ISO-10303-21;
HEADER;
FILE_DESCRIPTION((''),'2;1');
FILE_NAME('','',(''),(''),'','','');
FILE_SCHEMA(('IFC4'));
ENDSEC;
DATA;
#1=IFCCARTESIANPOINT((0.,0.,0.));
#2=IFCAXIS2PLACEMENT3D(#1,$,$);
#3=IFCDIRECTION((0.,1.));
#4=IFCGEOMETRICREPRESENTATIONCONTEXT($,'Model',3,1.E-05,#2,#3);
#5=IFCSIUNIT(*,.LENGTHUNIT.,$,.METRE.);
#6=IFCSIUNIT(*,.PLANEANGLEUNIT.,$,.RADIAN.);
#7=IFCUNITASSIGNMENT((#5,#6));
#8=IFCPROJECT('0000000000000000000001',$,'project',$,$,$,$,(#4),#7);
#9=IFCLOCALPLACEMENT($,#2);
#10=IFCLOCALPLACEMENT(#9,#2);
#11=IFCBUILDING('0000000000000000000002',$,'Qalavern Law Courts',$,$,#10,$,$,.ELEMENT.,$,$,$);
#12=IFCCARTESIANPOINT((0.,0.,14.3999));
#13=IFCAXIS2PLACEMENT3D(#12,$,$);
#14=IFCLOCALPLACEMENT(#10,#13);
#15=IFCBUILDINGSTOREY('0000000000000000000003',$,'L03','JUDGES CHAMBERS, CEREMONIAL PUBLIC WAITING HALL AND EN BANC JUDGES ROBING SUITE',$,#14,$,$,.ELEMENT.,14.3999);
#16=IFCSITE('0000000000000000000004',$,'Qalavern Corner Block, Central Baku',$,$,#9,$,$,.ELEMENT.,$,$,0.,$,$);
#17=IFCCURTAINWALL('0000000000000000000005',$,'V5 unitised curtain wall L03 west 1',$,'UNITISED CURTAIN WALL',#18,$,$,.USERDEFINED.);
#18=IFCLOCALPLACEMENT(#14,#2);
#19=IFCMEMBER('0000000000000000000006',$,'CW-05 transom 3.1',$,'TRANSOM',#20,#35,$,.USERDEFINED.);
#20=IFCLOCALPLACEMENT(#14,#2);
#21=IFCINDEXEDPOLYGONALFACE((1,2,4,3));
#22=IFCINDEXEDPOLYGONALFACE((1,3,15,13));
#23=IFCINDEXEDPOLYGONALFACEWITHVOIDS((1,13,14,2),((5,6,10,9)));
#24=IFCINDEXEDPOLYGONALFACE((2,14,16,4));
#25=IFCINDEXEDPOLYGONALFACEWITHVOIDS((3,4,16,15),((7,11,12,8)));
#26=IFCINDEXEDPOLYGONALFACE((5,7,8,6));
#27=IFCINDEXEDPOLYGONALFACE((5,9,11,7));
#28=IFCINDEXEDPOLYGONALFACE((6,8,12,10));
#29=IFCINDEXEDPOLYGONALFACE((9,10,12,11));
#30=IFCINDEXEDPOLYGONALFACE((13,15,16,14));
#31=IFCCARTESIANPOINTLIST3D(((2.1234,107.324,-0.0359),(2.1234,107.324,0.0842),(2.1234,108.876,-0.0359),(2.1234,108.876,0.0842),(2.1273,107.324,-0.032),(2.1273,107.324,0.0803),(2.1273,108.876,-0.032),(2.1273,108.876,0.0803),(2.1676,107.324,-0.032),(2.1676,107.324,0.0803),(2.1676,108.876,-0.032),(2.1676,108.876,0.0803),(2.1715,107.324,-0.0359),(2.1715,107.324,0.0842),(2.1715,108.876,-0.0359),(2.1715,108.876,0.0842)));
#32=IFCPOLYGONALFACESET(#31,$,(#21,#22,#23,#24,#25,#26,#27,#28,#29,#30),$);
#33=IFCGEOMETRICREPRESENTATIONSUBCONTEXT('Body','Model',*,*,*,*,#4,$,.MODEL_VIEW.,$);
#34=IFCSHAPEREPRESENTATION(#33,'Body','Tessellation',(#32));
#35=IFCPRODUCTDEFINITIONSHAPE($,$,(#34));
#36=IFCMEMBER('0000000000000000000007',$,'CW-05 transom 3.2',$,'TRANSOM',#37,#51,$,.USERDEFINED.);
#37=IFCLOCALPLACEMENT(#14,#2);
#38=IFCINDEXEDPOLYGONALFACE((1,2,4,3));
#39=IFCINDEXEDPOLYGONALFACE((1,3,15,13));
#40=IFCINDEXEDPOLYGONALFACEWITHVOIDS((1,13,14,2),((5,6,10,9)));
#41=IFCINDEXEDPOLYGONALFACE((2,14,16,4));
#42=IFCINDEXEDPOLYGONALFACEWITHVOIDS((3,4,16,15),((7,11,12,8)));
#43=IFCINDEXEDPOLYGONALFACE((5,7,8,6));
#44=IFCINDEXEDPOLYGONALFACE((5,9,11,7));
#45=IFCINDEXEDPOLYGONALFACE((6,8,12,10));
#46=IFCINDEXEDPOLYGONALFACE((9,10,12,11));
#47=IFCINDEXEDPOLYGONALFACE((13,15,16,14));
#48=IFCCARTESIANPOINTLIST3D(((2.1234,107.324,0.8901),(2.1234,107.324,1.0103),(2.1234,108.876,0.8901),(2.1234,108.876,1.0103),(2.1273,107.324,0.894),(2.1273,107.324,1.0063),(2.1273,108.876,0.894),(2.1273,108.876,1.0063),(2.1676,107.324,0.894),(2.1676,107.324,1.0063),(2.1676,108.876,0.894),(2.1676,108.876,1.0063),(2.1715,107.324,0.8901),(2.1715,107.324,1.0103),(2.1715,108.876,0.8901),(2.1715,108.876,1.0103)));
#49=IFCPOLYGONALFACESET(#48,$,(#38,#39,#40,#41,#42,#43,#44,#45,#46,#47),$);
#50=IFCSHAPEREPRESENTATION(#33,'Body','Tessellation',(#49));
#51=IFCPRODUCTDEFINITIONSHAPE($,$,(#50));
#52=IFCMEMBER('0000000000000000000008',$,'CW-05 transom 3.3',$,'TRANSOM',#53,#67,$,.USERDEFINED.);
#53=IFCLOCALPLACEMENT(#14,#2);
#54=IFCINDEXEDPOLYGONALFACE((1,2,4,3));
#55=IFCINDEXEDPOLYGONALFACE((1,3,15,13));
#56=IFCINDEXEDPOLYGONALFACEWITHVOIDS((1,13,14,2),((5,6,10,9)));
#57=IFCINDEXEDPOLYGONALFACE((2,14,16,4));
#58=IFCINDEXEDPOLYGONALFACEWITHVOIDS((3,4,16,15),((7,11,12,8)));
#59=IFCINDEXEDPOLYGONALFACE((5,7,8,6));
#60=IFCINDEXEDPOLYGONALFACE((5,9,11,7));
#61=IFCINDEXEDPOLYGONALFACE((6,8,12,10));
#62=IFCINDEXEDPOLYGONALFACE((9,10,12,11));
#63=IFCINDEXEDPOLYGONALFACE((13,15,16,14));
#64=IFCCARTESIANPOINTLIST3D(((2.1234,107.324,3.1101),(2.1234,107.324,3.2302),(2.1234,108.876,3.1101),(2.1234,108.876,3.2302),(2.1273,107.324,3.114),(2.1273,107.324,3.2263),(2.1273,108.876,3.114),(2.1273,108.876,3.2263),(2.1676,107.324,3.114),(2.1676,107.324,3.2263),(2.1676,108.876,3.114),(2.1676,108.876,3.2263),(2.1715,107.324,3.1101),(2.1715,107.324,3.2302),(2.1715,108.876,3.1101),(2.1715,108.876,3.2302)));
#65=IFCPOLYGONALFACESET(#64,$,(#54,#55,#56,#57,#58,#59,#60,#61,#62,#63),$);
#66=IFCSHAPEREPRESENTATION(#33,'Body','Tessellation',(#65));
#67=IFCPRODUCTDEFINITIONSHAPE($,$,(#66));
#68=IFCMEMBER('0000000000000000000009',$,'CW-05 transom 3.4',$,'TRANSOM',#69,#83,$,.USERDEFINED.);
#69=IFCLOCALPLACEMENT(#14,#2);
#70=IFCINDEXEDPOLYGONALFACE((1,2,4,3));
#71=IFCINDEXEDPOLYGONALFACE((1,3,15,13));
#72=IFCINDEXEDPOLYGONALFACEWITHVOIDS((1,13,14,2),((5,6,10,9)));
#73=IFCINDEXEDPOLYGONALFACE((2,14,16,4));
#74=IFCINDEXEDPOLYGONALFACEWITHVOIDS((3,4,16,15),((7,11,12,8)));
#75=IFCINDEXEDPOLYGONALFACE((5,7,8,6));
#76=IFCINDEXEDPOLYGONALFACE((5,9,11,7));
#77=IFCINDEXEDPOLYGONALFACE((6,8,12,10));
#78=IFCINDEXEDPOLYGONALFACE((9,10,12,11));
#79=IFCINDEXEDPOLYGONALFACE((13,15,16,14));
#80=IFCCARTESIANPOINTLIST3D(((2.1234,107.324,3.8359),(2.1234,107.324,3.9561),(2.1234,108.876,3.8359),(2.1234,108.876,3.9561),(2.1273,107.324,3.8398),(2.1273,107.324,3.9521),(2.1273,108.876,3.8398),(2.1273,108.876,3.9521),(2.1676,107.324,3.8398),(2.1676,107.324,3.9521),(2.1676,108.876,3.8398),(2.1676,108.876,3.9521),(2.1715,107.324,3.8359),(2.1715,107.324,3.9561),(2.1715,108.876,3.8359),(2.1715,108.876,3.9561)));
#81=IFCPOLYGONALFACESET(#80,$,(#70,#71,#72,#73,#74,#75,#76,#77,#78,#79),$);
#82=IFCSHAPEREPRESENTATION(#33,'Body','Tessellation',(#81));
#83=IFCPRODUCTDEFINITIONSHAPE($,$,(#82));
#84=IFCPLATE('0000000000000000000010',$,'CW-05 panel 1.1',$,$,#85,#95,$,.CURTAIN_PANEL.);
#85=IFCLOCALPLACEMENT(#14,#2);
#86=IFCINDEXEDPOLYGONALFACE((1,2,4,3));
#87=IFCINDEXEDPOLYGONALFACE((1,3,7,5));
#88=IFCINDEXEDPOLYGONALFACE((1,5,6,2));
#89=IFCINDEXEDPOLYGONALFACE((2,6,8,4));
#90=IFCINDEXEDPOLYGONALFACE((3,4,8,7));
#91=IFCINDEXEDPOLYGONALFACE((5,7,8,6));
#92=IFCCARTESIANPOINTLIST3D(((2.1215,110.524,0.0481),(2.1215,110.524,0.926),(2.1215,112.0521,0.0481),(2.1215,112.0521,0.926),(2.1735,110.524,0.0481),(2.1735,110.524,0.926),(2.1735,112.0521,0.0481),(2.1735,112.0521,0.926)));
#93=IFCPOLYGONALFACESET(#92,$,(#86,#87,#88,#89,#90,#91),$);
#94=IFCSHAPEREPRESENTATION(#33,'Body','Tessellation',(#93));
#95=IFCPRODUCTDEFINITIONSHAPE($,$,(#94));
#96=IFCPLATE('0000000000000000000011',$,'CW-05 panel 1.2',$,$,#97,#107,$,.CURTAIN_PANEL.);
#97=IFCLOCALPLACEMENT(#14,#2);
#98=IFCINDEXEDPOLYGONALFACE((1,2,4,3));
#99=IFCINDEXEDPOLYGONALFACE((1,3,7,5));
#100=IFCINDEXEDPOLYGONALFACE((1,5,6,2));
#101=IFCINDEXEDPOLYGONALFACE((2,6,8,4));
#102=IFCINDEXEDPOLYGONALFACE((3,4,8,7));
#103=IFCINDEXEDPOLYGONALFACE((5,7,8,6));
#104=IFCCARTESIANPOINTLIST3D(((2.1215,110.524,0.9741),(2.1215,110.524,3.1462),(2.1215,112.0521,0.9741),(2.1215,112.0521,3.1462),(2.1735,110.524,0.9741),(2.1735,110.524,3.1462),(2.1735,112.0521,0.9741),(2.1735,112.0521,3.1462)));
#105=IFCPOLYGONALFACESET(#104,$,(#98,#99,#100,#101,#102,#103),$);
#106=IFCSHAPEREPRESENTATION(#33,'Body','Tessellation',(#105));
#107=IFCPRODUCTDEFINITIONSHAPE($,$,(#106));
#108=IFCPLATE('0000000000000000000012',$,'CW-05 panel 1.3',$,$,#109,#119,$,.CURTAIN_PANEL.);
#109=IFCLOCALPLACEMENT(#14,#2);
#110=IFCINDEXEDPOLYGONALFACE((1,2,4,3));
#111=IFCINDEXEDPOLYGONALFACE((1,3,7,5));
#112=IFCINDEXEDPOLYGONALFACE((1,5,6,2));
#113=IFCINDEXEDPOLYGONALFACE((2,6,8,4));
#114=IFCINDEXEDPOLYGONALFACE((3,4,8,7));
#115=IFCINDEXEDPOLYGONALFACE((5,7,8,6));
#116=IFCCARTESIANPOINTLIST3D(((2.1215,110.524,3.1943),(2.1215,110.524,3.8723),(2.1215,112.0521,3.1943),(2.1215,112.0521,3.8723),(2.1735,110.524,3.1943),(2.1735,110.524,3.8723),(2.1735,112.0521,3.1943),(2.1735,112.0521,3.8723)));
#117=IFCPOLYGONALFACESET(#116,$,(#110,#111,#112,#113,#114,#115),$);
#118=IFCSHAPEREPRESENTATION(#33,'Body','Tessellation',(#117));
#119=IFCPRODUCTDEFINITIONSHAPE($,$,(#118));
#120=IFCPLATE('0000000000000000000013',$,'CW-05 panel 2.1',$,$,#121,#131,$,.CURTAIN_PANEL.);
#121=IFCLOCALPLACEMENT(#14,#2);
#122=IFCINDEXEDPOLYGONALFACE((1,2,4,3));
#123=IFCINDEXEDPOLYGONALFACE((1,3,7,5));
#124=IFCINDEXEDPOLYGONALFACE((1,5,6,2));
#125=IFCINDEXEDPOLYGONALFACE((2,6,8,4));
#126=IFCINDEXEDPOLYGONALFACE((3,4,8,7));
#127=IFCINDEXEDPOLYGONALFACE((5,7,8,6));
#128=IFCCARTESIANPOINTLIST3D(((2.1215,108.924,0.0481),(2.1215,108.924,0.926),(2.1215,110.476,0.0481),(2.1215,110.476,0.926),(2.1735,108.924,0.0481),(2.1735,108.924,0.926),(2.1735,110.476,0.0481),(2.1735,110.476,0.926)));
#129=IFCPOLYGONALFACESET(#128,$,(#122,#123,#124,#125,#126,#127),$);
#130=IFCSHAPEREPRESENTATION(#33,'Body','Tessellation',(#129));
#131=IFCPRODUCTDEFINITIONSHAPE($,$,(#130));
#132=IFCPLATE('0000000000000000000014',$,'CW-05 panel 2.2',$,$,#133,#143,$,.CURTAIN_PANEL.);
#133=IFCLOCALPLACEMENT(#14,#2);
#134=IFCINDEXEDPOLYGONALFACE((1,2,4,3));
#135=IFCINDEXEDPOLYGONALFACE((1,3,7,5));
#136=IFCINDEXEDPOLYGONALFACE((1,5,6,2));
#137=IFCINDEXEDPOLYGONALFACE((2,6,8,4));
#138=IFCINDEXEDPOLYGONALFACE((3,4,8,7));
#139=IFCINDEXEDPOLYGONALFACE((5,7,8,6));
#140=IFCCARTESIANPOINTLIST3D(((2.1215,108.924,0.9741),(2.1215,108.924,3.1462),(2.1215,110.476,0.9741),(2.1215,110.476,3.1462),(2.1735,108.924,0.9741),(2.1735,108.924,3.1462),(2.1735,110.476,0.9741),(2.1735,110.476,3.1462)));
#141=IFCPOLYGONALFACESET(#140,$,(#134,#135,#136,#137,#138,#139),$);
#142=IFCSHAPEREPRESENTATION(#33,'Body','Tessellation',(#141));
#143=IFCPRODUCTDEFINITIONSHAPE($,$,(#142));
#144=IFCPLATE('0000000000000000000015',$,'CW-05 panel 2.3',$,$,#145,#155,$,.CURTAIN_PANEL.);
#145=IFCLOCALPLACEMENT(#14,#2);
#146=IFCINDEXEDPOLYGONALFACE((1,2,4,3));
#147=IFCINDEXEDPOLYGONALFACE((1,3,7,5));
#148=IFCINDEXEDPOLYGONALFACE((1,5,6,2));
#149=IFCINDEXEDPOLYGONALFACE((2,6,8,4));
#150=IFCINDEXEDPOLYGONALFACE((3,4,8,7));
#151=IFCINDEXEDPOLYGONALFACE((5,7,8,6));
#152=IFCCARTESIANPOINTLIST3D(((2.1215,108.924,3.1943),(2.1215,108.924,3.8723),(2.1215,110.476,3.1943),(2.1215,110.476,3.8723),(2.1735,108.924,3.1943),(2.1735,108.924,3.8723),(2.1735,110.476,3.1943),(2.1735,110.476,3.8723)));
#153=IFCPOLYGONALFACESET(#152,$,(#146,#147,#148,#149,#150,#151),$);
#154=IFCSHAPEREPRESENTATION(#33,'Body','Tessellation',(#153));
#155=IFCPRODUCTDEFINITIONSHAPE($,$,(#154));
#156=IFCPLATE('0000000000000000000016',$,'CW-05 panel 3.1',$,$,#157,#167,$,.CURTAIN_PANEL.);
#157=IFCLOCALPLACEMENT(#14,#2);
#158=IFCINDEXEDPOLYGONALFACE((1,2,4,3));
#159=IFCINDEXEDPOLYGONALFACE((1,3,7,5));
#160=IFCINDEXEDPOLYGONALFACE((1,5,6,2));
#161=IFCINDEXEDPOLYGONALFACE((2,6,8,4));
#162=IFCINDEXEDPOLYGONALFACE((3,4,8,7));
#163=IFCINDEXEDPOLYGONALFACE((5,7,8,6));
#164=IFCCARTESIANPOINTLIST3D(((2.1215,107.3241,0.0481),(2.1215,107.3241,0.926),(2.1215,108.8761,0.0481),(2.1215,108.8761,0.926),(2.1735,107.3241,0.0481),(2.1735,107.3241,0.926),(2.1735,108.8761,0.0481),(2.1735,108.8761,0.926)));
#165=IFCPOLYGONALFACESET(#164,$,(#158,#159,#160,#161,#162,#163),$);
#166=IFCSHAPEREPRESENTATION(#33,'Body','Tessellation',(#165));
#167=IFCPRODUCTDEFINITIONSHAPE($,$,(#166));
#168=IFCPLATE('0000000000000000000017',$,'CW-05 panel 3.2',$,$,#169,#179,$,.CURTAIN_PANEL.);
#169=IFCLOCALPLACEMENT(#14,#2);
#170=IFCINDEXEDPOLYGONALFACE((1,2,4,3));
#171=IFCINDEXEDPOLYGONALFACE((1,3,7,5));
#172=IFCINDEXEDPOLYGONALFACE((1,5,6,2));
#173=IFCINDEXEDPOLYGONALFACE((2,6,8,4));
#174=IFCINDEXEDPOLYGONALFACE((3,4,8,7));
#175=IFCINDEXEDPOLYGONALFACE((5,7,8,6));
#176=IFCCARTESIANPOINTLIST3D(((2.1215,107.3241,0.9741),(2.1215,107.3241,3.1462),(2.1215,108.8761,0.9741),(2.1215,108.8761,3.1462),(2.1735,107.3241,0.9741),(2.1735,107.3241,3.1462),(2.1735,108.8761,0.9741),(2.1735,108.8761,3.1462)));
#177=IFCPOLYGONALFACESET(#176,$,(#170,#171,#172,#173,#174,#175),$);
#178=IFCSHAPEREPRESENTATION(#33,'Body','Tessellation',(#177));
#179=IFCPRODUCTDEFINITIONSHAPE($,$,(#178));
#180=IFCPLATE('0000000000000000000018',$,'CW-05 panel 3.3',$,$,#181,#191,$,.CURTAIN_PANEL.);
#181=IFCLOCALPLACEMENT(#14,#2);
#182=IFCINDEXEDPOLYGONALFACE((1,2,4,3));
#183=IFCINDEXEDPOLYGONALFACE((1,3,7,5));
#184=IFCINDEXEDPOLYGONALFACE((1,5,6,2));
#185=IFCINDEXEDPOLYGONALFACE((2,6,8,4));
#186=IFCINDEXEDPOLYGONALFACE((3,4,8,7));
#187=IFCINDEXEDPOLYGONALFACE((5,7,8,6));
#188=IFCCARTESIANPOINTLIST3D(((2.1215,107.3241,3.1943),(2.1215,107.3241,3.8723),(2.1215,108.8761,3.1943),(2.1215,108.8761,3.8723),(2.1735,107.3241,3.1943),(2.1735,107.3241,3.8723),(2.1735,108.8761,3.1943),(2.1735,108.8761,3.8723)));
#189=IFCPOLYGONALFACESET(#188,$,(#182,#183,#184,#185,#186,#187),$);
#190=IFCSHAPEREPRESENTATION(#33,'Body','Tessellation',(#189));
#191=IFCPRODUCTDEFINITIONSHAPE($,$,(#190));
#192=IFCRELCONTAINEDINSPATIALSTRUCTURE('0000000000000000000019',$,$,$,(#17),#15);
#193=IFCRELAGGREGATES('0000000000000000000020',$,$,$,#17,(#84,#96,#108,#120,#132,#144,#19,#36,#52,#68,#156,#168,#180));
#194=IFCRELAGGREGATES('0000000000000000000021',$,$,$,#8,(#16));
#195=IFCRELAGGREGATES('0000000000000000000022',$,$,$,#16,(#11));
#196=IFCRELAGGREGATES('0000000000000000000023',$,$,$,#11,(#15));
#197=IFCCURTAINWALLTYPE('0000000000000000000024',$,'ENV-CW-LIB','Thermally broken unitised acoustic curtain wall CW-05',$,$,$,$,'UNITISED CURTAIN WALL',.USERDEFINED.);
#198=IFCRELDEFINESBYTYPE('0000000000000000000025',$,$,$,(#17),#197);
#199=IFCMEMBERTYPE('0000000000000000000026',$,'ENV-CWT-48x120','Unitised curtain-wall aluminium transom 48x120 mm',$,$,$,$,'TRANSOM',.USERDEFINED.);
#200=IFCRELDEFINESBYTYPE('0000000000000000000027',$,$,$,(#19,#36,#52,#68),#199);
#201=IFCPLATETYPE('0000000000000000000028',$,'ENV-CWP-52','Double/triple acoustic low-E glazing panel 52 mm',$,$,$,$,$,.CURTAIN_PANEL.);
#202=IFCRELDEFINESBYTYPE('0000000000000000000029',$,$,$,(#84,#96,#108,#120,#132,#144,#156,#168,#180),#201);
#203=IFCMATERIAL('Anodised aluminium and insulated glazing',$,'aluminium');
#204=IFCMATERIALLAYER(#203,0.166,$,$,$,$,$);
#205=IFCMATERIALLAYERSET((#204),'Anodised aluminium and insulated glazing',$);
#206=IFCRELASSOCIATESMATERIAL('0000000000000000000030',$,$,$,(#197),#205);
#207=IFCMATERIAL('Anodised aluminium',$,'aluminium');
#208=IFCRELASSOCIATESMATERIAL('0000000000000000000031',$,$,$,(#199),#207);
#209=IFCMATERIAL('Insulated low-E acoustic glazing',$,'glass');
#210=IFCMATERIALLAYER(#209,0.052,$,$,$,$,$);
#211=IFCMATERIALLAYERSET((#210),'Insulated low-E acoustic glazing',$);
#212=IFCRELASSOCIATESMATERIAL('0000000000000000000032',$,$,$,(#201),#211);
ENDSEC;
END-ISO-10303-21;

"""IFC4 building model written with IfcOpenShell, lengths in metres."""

from ifc_helpers import new_model, si_unit, direction, frame, origin, origin_2d, place, context, subcontext, project, spatial, rectangle, hollow_rectangle, extrude, material, layer, layer_set, material_profile, profile_set, type_object, element, aggregate, save


model = new_model("IFC4")

# Units and contexts
model_context = context("Model", 3, precision=1e-05, world=origin(), true_north=direction((0.0, 1.0)))
body_context = subcontext(model_context, "Body", "Model", "MODEL_VIEW")
ifc_project = project(units=[si_unit("LENGTHUNIT", "METRE"), si_unit("PLANEANGLEUNIT", "RADIAN")], contexts=[model_context])

# Site, building, storey
site_placement = place(None, origin())
site = spatial("IfcSite", under=ifc_project, at=site_placement, Name="Qalavern Corner Block, Central Baku", CompositionType="ELEMENT", RefElevation=0.0)
building_placement = place(site_placement, origin())
building = spatial("IfcBuilding", under=site, at=building_placement, Name="Qalavern Law Courts", CompositionType="ELEMENT")
storey_placement = place(building_placement, frame((0.0, 0.0, 14.3999)))
storey = spatial("IfcBuildingStorey", under=building, at=storey_placement, Name="L03", Description="JUDGES CHAMBERS, CEREMONIAL PUBLIC WAITING HALL AND EN BANC JUDGES ROBING SUITE", CompositionType="ELEMENT", Elevation=14.3999)

# Curtain wall, members, plates
ifc_material_1 = material(Name="Anodised aluminium and insulated glazing", Category="aluminium")
ifc_layer_1 = layer(ifc_material_1, 0.166)
ifc_layer_set_1 = layer_set([ifc_layer_1], Name="Anodised aluminium and insulated glazing")
curtain_wall_type = type_object("IfcCurtainWallType", Name="ENV-CW-LIB", Description="Thermally broken unitised acoustic curtain wall CW-05", ElementType="UNITISED CURTAIN WALL", PredefinedType="USERDEFINED", material=ifc_layer_set_1)
curtain_wall_placement = place(storey_placement, origin())
curtain_wall = element("IfcCurtainWall", 1, at=curtain_wall_placement, inside=storey, type_object=curtain_wall_type, Name="V5 unitised curtain wall L03 west 1", ObjectType="UNITISED CURTAIN WALL", PredefinedType="USERDEFINED")
ifc_material_2 = material(Name="Anodised aluminium", Category="aluminium")
ifc_material_profile_1 = material_profile(ifc_material_2, hollow_rectangle(XDim=0.0481, YDim=0.1201, WallThickness=0.0039, at=origin_2d()), Name="ALU TRANSOM 48x120")
ifc_profile_set_1 = profile_set([ifc_material_profile_1], Name="Anodised aluminium")
member_type_1 = type_object("IfcMemberType", Name="ENV-CWT-48x120", Description="Unitised curtain-wall aluminium transom 48x120 mm", ElementType="TRANSOM", PredefinedType="USERDEFINED", material=ifc_profile_set_1)
member_1_placement = place(storey_placement, frame((2.1475, 108.876, 0.0242), z_axis=(0.0, -1.0, 0.0), x_axis=(1.0, 0.0, 0.0)))
member_1 = element("IfcMember", 2, at=member_1_placement, type_object=member_type_1, Name="CW-05 transom 3.1", ObjectType="TRANSOM", PredefinedType="USERDEFINED", context=body_context, shape_type="SweptSolid", body=[
    extrude(hollow_rectangle(XDim=0.0481, YDim=0.1201, WallThickness=0.0039, at=origin_2d()), origin(), (0.0, 0.0, 1.0), 1.552),
])
member_2_placement = place(storey_placement, frame((2.1475, 108.876, 0.9502), z_axis=(0.0, -1.0, 0.0), x_axis=(1.0, 0.0, 0.0)))
member_2 = element("IfcMember", 3, at=member_2_placement, type_object=member_type_1, Name="CW-05 transom 3.2", ObjectType="TRANSOM", PredefinedType="USERDEFINED", context=body_context, shape_type="SweptSolid", body=[
    extrude(hollow_rectangle(XDim=0.0481, YDim=0.1201, WallThickness=0.0039, at=origin_2d()), origin(), (0.0, 0.0, 1.0), 1.552),
])
member_3_placement = place(storey_placement, frame((2.1475, 108.876, 3.1702), z_axis=(0.0, -1.0, 0.0), x_axis=(1.0, 0.0, 0.0)))
member_3 = element("IfcMember", 4, at=member_3_placement, type_object=member_type_1, Name="CW-05 transom 3.3", ObjectType="TRANSOM", PredefinedType="USERDEFINED", context=body_context, shape_type="SweptSolid", body=[
    extrude(hollow_rectangle(XDim=0.0481, YDim=0.1201, WallThickness=0.0039, at=origin_2d()), origin(), (0.0, 0.0, 1.0), 1.552),
])
member_4_placement = place(storey_placement, frame((2.1475, 108.876, 3.896), z_axis=(0.0, -1.0, 0.0), x_axis=(1.0, 0.0, 0.0)))
member_4 = element("IfcMember", 5, at=member_4_placement, type_object=member_type_1, Name="CW-05 transom 3.4", ObjectType="TRANSOM", PredefinedType="USERDEFINED", context=body_context, shape_type="SweptSolid", body=[
    extrude(hollow_rectangle(XDim=0.0481, YDim=0.1201, WallThickness=0.0039, at=origin_2d()), origin(), (0.0, 0.0, 1.0), 1.552),
])
ifc_material_3 = material(Name="Insulated low-E acoustic glazing", Category="glass")
ifc_layer_2 = layer(ifc_material_3, 0.052)
ifc_layer_set_2 = layer_set([ifc_layer_2], Name="Insulated low-E acoustic glazing")
plate_type = type_object("IfcPlateType", Name="ENV-CWP-52", Description="Double/triple acoustic low-E glazing panel 52 mm", PredefinedType="CURTAIN_PANEL", material=ifc_layer_set_2)
plate_1_placement = place(storey_placement, frame((2.1475, 111.2881, 0.0481), z_axis=(0.0, 0.0, 1.0), x_axis=(0.0, -1.0, 0.0)))
plate_1 = element("IfcPlate", 6, at=plate_1_placement, type_object=plate_type, Name="CW-05 panel 1.1", PredefinedType="CURTAIN_PANEL", context=body_context, shape_type="SweptSolid", body=[
    extrude(rectangle(XDim=1.5281, YDim=0.052, at=origin_2d()), origin(), (0.0, 0.0, 1.0), 0.8779),
])
plate_2_placement = place(storey_placement, frame((2.1475, 111.2881, 0.9741), z_axis=(0.0, 0.0, 1.0), x_axis=(0.0, -1.0, 0.0)))
plate_2 = element("IfcPlate", 7, at=plate_2_placement, type_object=plate_type, Name="CW-05 panel 1.2", PredefinedType="CURTAIN_PANEL", context=body_context, shape_type="SweptSolid", body=[
    extrude(rectangle(XDim=1.5281, YDim=0.052, at=origin_2d()), origin(), (0.0, 0.0, 1.0), 2.1721),
])
plate_3_placement = place(storey_placement, frame((2.1475, 111.2881, 3.1943), z_axis=(0.0, 0.0, 1.0), x_axis=(0.0, -1.0, 0.0)))
plate_3 = element("IfcPlate", 8, at=plate_3_placement, type_object=plate_type, Name="CW-05 panel 1.3", PredefinedType="CURTAIN_PANEL", context=body_context, shape_type="SweptSolid", body=[
    extrude(rectangle(XDim=1.5281, YDim=0.052, at=origin_2d()), origin(), (0.0, 0.0, 1.0), 0.678),
])
plate_4_placement = place(storey_placement, frame((2.1475, 109.7, 0.0481), z_axis=(0.0, 0.0, 1.0), x_axis=(0.0, -1.0, 0.0)))
plate_4 = element("IfcPlate", 9, at=plate_4_placement, type_object=plate_type, Name="CW-05 panel 2.1", PredefinedType="CURTAIN_PANEL", context=body_context, shape_type="SweptSolid", body=[
    extrude(rectangle(XDim=1.552, YDim=0.052, at=origin_2d()), origin(), (0.0, 0.0, 1.0), 0.8779),
])
plate_5_placement = place(storey_placement, frame((2.1475, 109.7, 0.9741), z_axis=(0.0, 0.0, 1.0), x_axis=(0.0, -1.0, 0.0)))
plate_5 = element("IfcPlate", 10, at=plate_5_placement, type_object=plate_type, Name="CW-05 panel 2.2", PredefinedType="CURTAIN_PANEL", context=body_context, shape_type="SweptSolid", body=[
    extrude(rectangle(XDim=1.552, YDim=0.052, at=origin_2d()), origin(), (0.0, 0.0, 1.0), 2.1721),
])
plate_6_placement = place(storey_placement, frame((2.1475, 109.7, 3.1943), z_axis=(0.0, 0.0, 1.0), x_axis=(0.0, -1.0, 0.0)))
plate_6 = element("IfcPlate", 11, at=plate_6_placement, type_object=plate_type, Name="CW-05 panel 2.3", PredefinedType="CURTAIN_PANEL", context=body_context, shape_type="SweptSolid", body=[
    extrude(rectangle(XDim=1.552, YDim=0.052, at=origin_2d()), origin(), (0.0, 0.0, 1.0), 0.678),
])
plate_7_placement = place(storey_placement, frame((2.1475, 108.1001, 0.0481), z_axis=(0.0, 0.0, 1.0), x_axis=(0.0, -1.0, 0.0)))
plate_7 = element("IfcPlate", 12, at=plate_7_placement, type_object=plate_type, Name="CW-05 panel 3.1", PredefinedType="CURTAIN_PANEL", context=body_context, shape_type="SweptSolid", body=[
    extrude(rectangle(XDim=1.552, YDim=0.052, at=origin_2d()), origin(), (0.0, 0.0, 1.0), 0.8779),
])
plate_8_placement = place(storey_placement, frame((2.1475, 108.1001, 0.9741), z_axis=(0.0, 0.0, 1.0), x_axis=(0.0, -1.0, 0.0)))
plate_8 = element("IfcPlate", 13, at=plate_8_placement, type_object=plate_type, Name="CW-05 panel 3.2", PredefinedType="CURTAIN_PANEL", context=body_context, shape_type="SweptSolid", body=[
    extrude(rectangle(XDim=1.552, YDim=0.052, at=origin_2d()), origin(), (0.0, 0.0, 1.0), 2.1721),
])
plate_9_placement = place(storey_placement, frame((2.1475, 108.1001, 3.1943), z_axis=(0.0, 0.0, 1.0), x_axis=(0.0, -1.0, 0.0)))
plate_9 = element("IfcPlate", 14, at=plate_9_placement, type_object=plate_type, Name="CW-05 panel 3.3", PredefinedType="CURTAIN_PANEL", context=body_context, shape_type="SweptSolid", body=[
    extrude(rectangle(XDim=1.552, YDim=0.052, at=origin_2d()), origin(), (0.0, 0.0, 1.0), 0.678),
])
aggregate(curtain_wall, [plate_1, plate_2, plate_3, plate_4, plate_5, plate_6, member_1, member_2, member_3, member_4, plate_7, plate_8, plate_9])

save(model, "model.ifc")
